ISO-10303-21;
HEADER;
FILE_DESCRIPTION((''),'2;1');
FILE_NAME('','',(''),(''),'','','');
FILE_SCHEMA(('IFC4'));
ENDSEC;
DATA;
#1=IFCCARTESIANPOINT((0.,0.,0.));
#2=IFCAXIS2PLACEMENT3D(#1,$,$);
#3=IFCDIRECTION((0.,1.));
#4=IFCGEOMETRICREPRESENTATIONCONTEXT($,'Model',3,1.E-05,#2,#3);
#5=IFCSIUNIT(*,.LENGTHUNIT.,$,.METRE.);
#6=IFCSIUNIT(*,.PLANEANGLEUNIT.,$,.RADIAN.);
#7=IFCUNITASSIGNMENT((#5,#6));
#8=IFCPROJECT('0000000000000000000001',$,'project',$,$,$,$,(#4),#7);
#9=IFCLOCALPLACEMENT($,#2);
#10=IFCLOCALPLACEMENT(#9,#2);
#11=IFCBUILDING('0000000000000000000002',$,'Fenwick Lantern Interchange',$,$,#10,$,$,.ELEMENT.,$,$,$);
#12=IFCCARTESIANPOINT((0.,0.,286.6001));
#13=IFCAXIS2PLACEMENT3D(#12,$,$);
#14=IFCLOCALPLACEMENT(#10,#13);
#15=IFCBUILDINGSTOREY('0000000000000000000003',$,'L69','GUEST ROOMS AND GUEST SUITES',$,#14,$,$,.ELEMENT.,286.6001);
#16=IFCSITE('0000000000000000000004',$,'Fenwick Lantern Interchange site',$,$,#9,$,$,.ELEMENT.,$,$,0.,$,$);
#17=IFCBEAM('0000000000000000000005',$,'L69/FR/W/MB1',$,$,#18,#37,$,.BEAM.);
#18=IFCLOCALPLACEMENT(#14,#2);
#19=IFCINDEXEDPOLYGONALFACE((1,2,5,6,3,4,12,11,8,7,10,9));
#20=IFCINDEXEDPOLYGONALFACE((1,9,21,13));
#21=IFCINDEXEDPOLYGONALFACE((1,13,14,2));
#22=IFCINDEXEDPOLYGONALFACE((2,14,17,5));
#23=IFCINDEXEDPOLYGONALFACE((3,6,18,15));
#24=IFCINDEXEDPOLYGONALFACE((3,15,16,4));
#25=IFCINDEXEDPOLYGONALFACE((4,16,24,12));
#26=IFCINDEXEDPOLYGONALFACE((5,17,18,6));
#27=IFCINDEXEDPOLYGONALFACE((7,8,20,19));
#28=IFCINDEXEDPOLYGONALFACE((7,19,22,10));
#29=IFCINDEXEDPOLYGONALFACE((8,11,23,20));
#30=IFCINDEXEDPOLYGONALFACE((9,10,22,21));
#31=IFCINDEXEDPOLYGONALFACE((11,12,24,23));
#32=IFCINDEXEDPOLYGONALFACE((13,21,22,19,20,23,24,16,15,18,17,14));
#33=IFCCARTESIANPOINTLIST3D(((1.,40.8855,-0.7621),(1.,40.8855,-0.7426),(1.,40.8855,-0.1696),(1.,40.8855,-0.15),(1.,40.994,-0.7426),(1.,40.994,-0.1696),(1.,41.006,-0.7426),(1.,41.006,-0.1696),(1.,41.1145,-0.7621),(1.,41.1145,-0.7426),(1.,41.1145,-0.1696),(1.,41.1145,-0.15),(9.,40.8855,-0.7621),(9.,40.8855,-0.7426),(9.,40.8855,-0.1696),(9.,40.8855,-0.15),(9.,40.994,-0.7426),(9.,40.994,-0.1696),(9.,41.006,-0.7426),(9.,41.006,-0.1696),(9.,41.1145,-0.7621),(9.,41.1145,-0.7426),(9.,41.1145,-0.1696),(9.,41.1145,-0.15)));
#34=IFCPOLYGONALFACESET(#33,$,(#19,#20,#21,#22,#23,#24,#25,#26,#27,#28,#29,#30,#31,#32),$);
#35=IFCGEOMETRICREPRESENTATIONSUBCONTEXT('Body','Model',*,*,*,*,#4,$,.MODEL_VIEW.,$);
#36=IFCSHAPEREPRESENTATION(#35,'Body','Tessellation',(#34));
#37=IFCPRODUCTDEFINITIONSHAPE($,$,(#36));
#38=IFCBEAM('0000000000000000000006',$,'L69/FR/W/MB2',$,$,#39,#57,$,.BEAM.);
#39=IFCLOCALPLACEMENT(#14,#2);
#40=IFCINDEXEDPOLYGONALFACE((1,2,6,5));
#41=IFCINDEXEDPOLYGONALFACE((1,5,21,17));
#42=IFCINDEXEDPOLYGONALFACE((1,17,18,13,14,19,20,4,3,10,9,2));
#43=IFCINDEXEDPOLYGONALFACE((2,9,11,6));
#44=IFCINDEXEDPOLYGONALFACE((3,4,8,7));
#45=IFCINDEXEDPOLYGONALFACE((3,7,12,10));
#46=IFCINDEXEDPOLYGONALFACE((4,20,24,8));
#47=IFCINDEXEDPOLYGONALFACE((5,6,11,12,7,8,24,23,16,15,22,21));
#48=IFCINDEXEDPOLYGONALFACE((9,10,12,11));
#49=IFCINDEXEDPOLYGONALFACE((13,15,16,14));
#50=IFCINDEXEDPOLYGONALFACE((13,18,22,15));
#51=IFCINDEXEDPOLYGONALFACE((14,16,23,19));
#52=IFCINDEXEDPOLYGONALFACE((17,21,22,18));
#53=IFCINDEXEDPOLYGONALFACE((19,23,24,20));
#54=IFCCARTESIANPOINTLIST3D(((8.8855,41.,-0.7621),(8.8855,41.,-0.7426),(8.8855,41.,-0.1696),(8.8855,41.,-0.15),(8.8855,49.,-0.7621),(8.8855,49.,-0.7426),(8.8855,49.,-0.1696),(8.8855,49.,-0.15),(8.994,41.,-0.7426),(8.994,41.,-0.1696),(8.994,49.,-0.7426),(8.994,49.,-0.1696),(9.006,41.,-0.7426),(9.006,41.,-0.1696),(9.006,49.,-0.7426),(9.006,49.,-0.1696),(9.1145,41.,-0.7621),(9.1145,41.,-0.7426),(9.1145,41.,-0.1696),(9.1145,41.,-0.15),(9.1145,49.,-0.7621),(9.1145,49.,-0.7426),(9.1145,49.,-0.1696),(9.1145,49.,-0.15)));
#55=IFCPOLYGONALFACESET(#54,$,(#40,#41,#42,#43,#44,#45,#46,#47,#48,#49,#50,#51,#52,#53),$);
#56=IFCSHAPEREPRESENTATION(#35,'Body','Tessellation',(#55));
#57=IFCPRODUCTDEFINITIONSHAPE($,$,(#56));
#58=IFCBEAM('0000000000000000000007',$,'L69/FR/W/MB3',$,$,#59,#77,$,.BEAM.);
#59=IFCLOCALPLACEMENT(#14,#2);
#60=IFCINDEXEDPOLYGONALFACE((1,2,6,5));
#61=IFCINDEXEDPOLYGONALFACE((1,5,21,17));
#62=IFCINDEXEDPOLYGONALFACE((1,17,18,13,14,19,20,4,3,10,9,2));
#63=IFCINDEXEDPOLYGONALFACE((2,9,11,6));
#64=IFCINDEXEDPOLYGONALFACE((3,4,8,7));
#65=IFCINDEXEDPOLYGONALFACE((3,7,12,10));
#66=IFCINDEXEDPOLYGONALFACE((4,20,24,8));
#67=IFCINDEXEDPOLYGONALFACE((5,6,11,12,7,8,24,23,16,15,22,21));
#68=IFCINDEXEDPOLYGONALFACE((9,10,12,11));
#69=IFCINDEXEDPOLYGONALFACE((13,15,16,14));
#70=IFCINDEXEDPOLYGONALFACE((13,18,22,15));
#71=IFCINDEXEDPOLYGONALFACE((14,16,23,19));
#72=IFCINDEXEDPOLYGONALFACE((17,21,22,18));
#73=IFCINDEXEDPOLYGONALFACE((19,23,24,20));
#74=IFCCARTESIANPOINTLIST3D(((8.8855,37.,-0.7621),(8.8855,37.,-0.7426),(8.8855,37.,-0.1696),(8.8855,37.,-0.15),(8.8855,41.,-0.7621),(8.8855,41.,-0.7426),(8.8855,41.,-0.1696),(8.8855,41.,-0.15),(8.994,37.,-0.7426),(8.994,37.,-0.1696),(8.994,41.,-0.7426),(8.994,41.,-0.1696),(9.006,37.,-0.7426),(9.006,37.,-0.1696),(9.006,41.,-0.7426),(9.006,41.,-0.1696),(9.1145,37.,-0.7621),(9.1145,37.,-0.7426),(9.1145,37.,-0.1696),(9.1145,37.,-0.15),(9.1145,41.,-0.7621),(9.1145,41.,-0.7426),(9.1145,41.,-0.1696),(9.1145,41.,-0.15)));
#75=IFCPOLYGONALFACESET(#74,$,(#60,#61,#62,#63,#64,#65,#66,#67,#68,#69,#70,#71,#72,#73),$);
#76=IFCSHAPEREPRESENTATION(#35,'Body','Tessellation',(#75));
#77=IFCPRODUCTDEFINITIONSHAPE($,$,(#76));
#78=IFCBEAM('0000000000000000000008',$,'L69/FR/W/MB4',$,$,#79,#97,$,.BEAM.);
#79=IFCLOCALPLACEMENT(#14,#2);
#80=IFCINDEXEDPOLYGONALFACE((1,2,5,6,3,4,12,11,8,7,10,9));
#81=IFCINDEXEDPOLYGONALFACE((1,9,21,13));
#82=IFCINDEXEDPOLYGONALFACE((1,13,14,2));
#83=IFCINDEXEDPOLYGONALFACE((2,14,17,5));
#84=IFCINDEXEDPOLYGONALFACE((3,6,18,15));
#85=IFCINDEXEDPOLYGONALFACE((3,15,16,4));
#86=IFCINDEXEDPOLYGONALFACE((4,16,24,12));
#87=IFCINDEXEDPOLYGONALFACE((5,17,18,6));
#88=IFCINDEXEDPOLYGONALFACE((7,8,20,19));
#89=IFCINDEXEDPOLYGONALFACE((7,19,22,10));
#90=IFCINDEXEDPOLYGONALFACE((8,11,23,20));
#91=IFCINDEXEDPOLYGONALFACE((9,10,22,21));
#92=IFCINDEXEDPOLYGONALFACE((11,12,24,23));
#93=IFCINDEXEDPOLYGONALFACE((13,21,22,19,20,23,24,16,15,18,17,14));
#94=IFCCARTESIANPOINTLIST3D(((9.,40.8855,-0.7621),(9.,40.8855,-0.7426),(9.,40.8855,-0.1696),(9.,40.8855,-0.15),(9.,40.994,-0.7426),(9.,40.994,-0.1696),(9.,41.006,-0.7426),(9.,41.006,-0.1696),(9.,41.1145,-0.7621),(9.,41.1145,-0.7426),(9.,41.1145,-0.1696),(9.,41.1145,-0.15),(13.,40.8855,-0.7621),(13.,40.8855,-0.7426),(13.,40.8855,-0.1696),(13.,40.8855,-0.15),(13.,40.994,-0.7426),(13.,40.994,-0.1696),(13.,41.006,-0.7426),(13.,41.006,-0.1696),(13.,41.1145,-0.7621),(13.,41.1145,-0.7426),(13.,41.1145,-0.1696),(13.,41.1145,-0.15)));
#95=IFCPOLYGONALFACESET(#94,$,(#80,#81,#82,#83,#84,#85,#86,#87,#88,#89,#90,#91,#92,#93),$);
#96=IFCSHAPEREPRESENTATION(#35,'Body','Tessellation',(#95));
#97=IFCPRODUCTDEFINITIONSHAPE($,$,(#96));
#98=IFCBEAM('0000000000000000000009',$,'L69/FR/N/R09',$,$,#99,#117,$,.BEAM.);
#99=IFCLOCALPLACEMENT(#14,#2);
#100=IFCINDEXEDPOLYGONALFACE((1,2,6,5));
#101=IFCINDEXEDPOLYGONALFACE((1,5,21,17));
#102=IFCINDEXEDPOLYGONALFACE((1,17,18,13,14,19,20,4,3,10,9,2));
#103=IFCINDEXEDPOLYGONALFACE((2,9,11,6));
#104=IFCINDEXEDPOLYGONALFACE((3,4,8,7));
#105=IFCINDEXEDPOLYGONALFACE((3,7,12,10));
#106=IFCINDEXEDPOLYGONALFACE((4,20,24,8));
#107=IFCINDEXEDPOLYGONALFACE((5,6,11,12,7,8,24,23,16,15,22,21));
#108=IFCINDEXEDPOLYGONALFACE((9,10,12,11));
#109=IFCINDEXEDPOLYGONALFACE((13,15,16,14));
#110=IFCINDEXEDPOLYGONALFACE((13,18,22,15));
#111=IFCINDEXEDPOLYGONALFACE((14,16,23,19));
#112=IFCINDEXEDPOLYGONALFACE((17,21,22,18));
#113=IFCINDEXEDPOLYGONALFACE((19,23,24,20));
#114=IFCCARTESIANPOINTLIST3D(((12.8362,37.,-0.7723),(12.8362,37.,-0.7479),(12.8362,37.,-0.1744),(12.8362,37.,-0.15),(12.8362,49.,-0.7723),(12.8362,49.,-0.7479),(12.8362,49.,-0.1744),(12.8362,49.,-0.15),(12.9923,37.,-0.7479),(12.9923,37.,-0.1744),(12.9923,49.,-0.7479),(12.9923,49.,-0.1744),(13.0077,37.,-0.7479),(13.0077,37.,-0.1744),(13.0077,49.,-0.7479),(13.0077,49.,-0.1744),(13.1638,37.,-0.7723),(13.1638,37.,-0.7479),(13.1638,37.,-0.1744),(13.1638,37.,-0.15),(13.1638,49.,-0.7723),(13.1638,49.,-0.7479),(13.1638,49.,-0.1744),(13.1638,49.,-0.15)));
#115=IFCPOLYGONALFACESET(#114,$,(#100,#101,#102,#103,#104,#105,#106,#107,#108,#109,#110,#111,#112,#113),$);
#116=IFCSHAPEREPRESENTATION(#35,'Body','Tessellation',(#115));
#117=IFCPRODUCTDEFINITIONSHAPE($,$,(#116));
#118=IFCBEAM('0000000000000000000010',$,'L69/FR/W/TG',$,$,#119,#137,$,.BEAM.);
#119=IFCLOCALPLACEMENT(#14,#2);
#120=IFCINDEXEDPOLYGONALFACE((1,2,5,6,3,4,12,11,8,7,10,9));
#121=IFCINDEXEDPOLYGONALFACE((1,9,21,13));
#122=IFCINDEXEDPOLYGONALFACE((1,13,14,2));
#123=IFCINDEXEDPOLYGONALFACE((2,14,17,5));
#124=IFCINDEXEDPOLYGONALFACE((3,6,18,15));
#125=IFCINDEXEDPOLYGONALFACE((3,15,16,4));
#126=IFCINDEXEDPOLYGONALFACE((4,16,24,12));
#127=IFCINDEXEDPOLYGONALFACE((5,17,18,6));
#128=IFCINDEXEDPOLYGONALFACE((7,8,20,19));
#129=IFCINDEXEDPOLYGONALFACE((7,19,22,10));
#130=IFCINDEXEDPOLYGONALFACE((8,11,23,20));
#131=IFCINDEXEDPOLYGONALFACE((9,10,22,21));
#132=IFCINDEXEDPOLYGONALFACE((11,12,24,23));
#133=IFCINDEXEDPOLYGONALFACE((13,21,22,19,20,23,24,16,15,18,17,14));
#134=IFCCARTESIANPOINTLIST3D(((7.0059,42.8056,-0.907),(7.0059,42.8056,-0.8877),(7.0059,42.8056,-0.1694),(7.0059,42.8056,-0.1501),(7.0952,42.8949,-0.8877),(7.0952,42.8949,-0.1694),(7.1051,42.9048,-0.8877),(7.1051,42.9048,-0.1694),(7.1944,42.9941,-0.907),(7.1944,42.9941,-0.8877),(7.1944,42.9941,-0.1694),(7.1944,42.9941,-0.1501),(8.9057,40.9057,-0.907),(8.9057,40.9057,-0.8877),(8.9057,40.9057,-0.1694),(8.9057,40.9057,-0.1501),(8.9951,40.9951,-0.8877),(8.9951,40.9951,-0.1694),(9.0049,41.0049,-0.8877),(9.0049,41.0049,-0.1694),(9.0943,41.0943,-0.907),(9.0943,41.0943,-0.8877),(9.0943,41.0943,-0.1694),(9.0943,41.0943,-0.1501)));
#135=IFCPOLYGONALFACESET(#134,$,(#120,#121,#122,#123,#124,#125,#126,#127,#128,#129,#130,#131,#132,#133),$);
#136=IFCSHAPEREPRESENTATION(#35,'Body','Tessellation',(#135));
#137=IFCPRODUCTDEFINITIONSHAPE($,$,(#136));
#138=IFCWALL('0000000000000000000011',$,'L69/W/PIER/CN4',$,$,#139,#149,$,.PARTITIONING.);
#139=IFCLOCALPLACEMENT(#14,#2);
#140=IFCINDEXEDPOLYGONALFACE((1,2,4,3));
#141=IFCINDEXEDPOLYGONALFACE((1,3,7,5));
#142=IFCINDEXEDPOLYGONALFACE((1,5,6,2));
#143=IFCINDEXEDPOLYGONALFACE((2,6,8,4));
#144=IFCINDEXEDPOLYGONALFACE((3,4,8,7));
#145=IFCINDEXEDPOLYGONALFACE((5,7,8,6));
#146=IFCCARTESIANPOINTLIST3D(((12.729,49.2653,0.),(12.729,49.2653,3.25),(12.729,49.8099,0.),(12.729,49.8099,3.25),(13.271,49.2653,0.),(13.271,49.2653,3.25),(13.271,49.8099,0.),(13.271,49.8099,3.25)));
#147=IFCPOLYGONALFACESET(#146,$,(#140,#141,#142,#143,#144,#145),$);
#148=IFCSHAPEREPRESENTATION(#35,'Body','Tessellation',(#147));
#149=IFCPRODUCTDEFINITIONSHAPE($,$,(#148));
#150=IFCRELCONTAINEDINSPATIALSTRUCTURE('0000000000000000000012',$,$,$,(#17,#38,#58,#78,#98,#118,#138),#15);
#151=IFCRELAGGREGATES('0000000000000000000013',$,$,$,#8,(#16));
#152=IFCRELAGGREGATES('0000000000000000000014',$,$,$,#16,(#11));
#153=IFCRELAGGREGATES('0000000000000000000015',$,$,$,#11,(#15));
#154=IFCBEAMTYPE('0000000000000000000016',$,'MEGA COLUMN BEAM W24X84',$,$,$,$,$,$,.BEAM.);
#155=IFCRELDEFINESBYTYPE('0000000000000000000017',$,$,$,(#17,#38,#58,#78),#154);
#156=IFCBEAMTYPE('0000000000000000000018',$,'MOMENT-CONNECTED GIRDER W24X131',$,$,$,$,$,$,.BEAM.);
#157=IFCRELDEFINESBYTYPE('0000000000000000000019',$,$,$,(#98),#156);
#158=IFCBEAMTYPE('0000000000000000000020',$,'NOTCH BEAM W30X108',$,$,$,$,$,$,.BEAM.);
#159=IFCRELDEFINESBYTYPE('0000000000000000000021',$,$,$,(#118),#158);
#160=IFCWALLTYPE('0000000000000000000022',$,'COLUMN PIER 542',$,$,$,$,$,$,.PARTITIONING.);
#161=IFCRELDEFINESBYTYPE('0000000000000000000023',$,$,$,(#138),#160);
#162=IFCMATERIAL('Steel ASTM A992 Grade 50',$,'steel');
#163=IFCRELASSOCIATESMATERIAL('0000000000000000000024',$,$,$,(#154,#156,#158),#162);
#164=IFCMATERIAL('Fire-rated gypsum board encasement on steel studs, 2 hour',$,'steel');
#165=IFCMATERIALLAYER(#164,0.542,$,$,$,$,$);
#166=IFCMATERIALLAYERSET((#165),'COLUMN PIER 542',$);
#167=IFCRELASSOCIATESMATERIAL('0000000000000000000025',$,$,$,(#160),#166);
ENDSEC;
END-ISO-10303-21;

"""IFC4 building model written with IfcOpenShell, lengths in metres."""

from ifc_helpers import new_model, si_unit, direction, frame, frame_2d, origin, origin_2d, place, context, subcontext, project, spatial, rectangle, i_section, extrude, material, layer, layer_set, material_profile, profile_set, type_object, element, save


model = new_model("IFC4")

# Units and contexts
model_context = context("Model", 3, precision=1e-05, world=origin(), true_north=direction((0.0, 1.0)))
body_context = subcontext(model_context, "Body", "Model", "MODEL_VIEW")
ifc_project = project(units=[si_unit("LENGTHUNIT", "METRE"), si_unit("PLANEANGLEUNIT", "RADIAN")], contexts=[model_context])

# Site, building, storey
site_placement = place(None, origin())
site = spatial("IfcSite", under=ifc_project, at=site_placement, Name="Fenwick Lantern Interchange site", CompositionType="ELEMENT", RefElevation=0.0)
building_placement = place(site_placement, origin())
building = spatial("IfcBuilding", under=site, at=building_placement, Name="Fenwick Lantern Interchange", CompositionType="ELEMENT")
storey_placement = place(building_placement, frame((0.0, 0.0, 286.6001)))
storey = spatial("IfcBuildingStorey", under=building, at=storey_placement, Name="L69", Description="GUEST ROOMS AND GUEST SUITES", CompositionType="ELEMENT", Elevation=286.6001)

# Shared definitions
ifc_material_1 = material(Name="Steel ASTM A992 Grade 50", Category="steel")

# Beams
ifc_material_profile_1 = material_profile(ifc_material_1, i_section(OverallWidth=0.229, OverallDepth=0.6121, WebThickness=0.012, FlangeThickness=0.0195, at=origin_2d()), Name="W24X84")
ifc_profile_set_1 = profile_set([ifc_material_profile_1], Name="Steel ASTM A992 Grade 50")
beam_type_1 = type_object("IfcBeamType", Name="MEGA COLUMN BEAM W24X84", PredefinedType="BEAM", material=ifc_profile_set_1)
for number, where, z_axis, x_axis, name in (
    (1, (9.0, 41.0, -0.4561), (-1.0, 0.0, 0.0), (0.0, -1.0, 0.0), "L69/FR/W/MB1"),
    (2, (9.0, 41.0, -0.4561), (0.0, 1.0, 0.0), (-1.0, 0.0, 0.0), "L69/FR/W/MB2"),
):
    element("IfcBeam", number, at=place(storey_placement, frame(where, z_axis=z_axis, x_axis=x_axis)), inside=storey, type_object=beam_type_1, Name=name, PredefinedType="BEAM", context=body_context, shape_type="SweptSolid", body=[
        extrude(i_section(OverallWidth=0.229, OverallDepth=0.6121, WebThickness=0.012, FlangeThickness=0.0195, at=origin_2d()), origin(), (0.0, 0.0, 1.0), 8.0),
    ])
for number, where, z_axis, x_axis, name in (
    (3, (9.0, 41.0, -0.4561), (0.0, -1.0, 0.0), (1.0, 0.0, 0.0), "L69/FR/W/MB3"),
    (4, (9.0, 41.0, -0.4561), (1.0, 0.0, 0.0), (0.0, 1.0, 0.0), "L69/FR/W/MB4"),
):
    element("IfcBeam", number, at=place(storey_placement, frame(where, z_axis=z_axis, x_axis=x_axis)), inside=storey, type_object=beam_type_1, Name=name, PredefinedType="BEAM", context=body_context, shape_type="SweptSolid", body=[
        extrude(i_section(OverallWidth=0.229, OverallDepth=0.6121, WebThickness=0.012, FlangeThickness=0.0195, at=origin_2d()), origin(), (0.0, 0.0, 1.0), 4.0),
    ])
ifc_material_profile_2 = material_profile(ifc_material_1, i_section(OverallWidth=0.3276, OverallDepth=0.6223, WebThickness=0.0154, FlangeThickness=0.0244, at=origin_2d()), Name="W24X131")
ifc_profile_set_2 = profile_set([ifc_material_profile_2], Name="Steel ASTM A992 Grade 50")
beam_type_2 = type_object("IfcBeamType", Name="MOMENT-CONNECTED GIRDER W24X131", PredefinedType="BEAM", material=ifc_profile_set_2)
beam_1_placement = place(storey_placement, frame((13.0, 49.0, -0.4612), z_axis=(0.0, -1.0, 0.0), x_axis=(1.0, 0.0, 0.0)))
element("IfcBeam", 5, at=beam_1_placement, inside=storey, type_object=beam_type_2, Name="L69/FR/N/R09", PredefinedType="BEAM", context=body_context, shape_type="SweptSolid", body=[
    extrude(i_section(OverallWidth=0.3276, OverallDepth=0.6223, WebThickness=0.0154, FlangeThickness=0.0244, at=origin_2d()), origin(), (0.0, 0.0, 1.0), 12.0),
])
ifc_material_profile_3 = material_profile(ifc_material_1, i_section(OverallWidth=0.2666, OverallDepth=0.7568, WebThickness=0.0139, FlangeThickness=0.0193, at=origin_2d()), Name="W30X108")
ifc_profile_set_3 = profile_set([ifc_material_profile_3], Name="Steel ASTM A992 Grade 50")
beam_type_3 = type_object("IfcBeamType", Name="NOTCH BEAM W30X108", PredefinedType="BEAM", material=ifc_profile_set_3)
beam_2_placement = place(storey_placement, frame((9.0, 41.0, -0.5286), z_axis=(-0.707107, 0.707107, 0.0), x_axis=(-0.707107, -0.707107, 0.0)))
element("IfcBeam", 6, at=beam_2_placement, inside=storey, type_object=beam_type_3, Name="L69/FR/W/TG", PredefinedType="BEAM", context=body_context, shape_type="SweptSolid", body=[
    extrude(i_section(OverallWidth=0.2666, OverallDepth=0.7568, WebThickness=0.0139, FlangeThickness=0.0193, at=origin_2d()), origin(), (0.0, 0.0, 1.0), 2.6868),
])

# Wall
ifc_material_2 = material(Name="Fire-rated gypsum board encasement on steel studs, 2 hour", Category="steel")
ifc_layer_1 = layer(ifc_material_2, 0.542)
ifc_layer_set_1 = layer_set([ifc_layer_1], Name="COLUMN PIER 542")
wall_type_1 = type_object("IfcWallType", Name="COLUMN PIER 542", PredefinedType="PARTITIONING", material=ifc_layer_set_1)
wall_1_placement = place(storey_placement, frame((13.0, 49.8101, 0.0), z_axis=(0.0, 0.0, 1.0), x_axis=(0.0, -1.0, 0.0)))
element("IfcWall", 7, at=wall_1_placement, inside=storey, type_object=wall_type_1, Name="L69/W/PIER/CN4", PredefinedType="PARTITIONING", context=body_context, shape_type="SweptSolid", body=[
    extrude(rectangle(XDim=0.5447, YDim=0.542, at=frame_2d((0.2725, 0.0))), origin(), (0.0, 0.0, 1.0), 3.25),
])

save(model, "model.ifc")
